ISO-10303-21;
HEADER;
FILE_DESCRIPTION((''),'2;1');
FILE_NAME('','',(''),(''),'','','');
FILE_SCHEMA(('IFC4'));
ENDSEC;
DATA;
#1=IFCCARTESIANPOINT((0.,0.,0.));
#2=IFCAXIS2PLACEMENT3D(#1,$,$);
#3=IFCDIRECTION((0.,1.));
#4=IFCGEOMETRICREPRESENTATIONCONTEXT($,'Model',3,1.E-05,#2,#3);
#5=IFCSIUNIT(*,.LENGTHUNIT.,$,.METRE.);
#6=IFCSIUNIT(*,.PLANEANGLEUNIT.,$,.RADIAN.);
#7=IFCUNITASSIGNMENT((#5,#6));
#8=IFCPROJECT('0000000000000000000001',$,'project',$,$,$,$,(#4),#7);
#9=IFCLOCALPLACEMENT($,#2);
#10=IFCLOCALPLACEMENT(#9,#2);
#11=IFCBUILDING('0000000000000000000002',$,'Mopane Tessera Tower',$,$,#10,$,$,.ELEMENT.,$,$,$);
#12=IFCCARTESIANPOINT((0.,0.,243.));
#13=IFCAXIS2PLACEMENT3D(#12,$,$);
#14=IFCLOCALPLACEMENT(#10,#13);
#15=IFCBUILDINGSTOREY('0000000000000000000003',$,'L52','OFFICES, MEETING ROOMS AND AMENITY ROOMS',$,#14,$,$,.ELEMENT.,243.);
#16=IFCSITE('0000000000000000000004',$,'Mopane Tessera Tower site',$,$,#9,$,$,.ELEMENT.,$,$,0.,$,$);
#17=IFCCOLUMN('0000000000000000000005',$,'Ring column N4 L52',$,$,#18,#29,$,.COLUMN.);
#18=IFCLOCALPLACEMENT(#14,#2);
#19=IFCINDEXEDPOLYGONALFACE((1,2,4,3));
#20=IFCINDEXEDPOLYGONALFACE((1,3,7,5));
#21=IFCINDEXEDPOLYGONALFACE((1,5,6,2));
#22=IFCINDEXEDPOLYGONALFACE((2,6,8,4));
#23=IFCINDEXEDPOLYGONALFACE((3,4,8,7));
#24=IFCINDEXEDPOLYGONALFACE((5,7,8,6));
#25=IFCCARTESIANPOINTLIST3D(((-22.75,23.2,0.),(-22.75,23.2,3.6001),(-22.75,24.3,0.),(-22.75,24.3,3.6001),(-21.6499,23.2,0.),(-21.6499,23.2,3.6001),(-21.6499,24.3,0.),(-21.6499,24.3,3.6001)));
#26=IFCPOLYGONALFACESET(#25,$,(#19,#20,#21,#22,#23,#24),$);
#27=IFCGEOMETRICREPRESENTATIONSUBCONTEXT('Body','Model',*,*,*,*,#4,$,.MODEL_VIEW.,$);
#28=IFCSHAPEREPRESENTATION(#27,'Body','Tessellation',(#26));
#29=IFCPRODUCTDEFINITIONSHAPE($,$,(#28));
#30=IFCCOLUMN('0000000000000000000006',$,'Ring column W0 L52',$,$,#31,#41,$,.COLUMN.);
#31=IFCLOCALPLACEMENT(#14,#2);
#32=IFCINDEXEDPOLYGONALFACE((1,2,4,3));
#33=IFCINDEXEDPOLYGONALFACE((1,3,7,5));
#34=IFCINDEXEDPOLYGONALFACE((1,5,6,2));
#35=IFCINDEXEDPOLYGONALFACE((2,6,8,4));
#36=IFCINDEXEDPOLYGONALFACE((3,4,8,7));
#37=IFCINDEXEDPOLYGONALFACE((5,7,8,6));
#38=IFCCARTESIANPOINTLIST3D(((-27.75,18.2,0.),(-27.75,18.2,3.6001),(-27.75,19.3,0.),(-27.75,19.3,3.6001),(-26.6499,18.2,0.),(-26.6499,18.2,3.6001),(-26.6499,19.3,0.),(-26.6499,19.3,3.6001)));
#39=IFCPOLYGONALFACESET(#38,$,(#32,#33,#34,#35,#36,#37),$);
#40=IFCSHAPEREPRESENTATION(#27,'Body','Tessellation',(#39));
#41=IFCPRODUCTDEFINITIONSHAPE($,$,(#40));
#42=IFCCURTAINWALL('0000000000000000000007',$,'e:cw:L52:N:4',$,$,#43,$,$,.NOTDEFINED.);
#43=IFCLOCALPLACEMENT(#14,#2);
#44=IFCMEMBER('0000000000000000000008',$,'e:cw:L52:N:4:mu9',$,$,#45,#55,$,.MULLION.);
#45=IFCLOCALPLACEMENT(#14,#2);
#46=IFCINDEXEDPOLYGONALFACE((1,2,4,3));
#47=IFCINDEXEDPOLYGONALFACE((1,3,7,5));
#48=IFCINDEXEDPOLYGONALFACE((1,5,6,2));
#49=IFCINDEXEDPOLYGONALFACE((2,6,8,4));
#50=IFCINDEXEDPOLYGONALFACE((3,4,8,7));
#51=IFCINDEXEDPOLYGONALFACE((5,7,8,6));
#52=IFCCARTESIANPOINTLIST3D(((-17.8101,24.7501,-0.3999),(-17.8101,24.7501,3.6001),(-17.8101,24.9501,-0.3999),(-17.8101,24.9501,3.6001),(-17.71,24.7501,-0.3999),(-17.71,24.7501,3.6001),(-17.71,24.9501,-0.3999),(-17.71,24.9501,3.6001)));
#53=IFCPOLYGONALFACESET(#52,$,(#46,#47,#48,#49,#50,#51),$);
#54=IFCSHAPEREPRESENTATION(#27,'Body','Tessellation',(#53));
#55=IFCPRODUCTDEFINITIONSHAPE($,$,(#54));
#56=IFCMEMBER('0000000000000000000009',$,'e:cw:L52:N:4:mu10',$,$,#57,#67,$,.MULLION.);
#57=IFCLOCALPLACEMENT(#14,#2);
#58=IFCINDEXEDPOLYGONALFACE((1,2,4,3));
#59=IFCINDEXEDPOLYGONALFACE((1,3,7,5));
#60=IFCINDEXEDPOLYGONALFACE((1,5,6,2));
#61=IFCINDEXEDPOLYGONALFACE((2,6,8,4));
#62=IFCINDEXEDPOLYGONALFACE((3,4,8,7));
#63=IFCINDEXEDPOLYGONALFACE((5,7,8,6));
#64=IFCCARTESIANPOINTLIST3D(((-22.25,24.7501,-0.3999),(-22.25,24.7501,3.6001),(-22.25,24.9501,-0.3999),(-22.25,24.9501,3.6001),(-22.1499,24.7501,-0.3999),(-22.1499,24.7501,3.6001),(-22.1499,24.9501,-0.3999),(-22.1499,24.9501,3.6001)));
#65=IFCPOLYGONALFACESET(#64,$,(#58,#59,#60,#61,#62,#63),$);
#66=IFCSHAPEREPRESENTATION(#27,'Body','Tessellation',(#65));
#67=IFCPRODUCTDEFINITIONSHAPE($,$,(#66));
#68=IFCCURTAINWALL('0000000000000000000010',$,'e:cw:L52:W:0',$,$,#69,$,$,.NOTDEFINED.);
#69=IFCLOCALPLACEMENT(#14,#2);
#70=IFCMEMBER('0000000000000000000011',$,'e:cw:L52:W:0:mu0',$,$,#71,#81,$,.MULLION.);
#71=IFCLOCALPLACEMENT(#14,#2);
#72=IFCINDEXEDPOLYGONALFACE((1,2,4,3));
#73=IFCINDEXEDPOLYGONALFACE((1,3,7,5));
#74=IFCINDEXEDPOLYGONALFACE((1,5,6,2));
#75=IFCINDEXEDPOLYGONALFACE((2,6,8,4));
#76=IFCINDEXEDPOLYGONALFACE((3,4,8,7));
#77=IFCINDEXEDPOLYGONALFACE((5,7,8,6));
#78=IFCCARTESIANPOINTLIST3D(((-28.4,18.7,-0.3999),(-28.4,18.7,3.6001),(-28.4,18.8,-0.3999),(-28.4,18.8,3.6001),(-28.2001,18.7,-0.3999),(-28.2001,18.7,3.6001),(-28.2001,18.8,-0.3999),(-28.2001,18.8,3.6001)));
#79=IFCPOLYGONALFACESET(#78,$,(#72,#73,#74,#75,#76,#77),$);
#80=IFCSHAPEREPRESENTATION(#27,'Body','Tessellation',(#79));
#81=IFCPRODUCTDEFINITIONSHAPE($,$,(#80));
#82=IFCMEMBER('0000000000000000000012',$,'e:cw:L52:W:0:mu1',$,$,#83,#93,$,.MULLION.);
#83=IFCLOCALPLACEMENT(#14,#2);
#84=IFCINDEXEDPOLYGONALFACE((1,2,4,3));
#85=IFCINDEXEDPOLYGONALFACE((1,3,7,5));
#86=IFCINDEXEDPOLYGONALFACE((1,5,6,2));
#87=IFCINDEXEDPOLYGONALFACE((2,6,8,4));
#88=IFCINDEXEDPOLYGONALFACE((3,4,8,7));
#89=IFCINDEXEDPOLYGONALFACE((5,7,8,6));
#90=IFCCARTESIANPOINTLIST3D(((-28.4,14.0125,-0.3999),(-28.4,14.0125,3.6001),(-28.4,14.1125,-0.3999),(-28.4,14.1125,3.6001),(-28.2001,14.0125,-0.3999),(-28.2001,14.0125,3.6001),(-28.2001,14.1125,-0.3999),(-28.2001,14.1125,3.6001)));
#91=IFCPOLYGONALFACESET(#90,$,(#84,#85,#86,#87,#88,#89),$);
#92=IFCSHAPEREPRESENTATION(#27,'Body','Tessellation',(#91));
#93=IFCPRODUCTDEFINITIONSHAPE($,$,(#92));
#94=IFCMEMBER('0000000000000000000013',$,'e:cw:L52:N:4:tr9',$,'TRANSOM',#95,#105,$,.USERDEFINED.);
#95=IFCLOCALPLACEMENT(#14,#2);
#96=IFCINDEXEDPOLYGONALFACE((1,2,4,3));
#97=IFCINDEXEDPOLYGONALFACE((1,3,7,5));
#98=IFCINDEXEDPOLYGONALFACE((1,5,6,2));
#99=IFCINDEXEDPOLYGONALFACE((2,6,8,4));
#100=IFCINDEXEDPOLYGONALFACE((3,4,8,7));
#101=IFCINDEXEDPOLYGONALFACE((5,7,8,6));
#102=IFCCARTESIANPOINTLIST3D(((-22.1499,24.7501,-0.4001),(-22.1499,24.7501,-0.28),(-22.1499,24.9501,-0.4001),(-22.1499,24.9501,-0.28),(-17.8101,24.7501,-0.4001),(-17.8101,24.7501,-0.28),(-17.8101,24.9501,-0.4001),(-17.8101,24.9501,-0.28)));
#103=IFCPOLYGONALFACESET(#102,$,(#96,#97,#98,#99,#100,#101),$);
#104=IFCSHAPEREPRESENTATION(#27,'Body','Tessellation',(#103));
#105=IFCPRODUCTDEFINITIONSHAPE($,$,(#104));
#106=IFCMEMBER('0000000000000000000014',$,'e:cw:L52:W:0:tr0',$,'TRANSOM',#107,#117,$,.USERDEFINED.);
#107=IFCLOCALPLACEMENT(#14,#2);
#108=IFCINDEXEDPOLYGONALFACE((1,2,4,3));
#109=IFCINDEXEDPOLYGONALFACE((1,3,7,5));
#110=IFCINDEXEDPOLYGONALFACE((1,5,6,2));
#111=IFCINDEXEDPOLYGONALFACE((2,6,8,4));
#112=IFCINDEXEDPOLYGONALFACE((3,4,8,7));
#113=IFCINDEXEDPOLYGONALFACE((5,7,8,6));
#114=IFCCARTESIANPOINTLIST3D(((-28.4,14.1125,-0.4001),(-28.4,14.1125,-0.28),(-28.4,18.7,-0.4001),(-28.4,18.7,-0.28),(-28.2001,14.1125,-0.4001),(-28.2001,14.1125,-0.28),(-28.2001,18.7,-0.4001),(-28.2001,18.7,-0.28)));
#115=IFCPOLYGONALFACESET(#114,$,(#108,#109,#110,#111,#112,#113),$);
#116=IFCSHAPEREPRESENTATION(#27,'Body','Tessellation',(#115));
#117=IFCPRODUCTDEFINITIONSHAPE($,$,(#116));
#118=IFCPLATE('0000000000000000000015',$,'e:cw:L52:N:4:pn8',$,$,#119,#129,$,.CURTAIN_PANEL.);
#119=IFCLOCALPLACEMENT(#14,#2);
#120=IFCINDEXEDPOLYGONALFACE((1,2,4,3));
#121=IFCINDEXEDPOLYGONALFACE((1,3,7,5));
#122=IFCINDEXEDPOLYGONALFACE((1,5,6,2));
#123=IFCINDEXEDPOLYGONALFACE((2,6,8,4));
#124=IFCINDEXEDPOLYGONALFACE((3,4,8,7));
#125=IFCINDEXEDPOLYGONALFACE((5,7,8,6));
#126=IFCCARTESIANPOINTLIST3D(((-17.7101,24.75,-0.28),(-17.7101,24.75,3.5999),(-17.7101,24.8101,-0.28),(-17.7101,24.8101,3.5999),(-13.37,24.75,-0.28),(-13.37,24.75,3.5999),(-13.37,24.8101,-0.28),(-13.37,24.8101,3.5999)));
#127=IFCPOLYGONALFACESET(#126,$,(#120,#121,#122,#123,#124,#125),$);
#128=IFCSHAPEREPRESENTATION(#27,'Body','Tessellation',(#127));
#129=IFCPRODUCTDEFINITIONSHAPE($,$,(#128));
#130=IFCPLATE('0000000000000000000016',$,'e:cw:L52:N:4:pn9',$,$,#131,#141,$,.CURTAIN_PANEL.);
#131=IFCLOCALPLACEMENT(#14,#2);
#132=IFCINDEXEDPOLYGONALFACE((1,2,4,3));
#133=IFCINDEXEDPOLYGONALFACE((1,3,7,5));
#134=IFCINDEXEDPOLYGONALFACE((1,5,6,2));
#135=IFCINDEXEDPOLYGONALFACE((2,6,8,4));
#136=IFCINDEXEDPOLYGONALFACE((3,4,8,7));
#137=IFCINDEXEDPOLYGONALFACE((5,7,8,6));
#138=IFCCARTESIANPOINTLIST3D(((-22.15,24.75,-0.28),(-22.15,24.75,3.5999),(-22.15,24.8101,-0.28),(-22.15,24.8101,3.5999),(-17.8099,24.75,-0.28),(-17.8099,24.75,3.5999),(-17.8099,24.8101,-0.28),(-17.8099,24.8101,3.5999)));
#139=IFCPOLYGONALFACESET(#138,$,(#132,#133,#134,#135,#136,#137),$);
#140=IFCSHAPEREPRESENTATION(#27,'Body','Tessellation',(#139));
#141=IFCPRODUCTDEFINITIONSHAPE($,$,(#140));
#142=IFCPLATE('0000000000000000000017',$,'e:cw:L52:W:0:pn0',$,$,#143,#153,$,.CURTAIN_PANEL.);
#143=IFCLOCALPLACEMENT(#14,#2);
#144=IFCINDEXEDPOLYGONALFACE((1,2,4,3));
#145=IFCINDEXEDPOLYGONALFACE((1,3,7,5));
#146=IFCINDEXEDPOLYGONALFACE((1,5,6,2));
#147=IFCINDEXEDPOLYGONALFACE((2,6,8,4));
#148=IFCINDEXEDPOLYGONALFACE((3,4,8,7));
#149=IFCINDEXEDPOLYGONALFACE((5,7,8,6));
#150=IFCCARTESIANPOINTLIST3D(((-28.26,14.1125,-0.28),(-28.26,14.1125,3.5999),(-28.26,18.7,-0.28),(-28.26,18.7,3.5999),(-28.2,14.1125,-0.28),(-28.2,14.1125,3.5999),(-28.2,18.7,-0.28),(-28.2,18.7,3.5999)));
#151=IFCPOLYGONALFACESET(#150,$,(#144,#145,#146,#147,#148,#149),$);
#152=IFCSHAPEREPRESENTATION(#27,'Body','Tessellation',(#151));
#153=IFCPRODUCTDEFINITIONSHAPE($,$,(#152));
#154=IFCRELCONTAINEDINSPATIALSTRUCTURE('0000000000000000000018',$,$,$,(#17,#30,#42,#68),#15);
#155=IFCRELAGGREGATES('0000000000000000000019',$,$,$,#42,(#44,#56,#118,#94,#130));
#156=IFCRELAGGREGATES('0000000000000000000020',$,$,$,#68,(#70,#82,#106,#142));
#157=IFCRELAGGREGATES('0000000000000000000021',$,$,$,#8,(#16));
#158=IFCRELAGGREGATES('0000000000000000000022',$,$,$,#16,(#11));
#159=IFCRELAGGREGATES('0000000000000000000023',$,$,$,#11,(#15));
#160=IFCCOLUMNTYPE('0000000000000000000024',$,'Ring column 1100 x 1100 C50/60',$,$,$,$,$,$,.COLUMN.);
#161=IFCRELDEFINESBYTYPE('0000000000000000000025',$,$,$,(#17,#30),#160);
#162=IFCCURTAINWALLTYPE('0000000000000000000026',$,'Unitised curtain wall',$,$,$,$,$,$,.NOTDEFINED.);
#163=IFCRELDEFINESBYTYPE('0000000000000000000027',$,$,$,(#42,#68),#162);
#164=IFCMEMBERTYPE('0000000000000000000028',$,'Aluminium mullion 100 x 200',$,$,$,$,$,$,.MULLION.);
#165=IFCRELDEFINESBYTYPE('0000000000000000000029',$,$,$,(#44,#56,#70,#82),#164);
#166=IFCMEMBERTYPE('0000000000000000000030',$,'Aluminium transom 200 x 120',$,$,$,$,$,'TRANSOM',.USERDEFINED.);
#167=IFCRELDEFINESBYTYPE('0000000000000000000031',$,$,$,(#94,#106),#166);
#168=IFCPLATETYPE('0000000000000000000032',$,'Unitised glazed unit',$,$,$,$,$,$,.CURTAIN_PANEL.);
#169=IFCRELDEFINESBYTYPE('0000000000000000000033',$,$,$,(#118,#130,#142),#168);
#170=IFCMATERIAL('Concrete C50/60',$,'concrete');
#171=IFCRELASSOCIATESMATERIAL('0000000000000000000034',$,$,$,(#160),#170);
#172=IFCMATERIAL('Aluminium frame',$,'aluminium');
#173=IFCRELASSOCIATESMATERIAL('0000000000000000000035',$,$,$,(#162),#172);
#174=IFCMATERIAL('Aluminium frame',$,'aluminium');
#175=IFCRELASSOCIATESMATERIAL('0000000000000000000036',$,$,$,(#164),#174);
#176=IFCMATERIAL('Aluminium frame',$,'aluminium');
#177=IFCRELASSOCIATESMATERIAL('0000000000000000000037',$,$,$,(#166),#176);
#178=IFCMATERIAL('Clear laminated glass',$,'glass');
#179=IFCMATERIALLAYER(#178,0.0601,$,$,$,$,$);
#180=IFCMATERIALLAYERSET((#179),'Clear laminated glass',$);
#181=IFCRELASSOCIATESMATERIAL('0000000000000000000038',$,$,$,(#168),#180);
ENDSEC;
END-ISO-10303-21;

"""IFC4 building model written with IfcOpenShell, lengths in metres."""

from ifc_helpers import new_model, si_unit, direction, frame, origin, origin_2d, place, context, subcontext, project, spatial, rectangle, extrude, material, layer, layer_set, material_profile, profile_set, type_object, element, aggregate, save


model = new_model("IFC4")

# Units and contexts
model_context = context("Model", 3, precision=1e-05, world=origin(), true_north=direction((0.0, 1.0)))
body_context = subcontext(model_context, "Body", "Model", "MODEL_VIEW")
ifc_project = project(units=[si_unit("LENGTHUNIT", "METRE"), si_unit("PLANEANGLEUNIT", "RADIAN")], contexts=[model_context])

# Site, building, storey
site_placement = place(None, origin())
site = spatial("IfcSite", under=ifc_project, at=site_placement, Name="Mopane Tessera Tower site", CompositionType="ELEMENT", RefElevation=0.0)
building_placement = place(site_placement, origin())
building = spatial("IfcBuilding", under=site, at=building_placement, Name="Mopane Tessera Tower", CompositionType="ELEMENT")
storey_placement = place(building_placement, frame((0.0, 0.0, 243.0)))
storey = spatial("IfcBuildingStorey", under=building, at=storey_placement, Name="L52", Description="OFFICES, MEETING ROOMS AND AMENITY ROOMS", CompositionType="ELEMENT", Elevation=243.0)

# Columns
ifc_material_1 = material(Name="Concrete C50/60", Category="concrete")
ifc_material_profile_1 = material_profile(ifc_material_1, rectangle(XDim=1.1001, YDim=1.1001, at=origin_2d()))
ifc_profile_set_1 = profile_set([ifc_material_profile_1], Name="Concrete C50/60")
column_type = type_object("IfcColumnType", Name="Ring column 1100 x 1100 C50/60", PredefinedType="COLUMN", material=ifc_profile_set_1)
for number, where, z_axis, x_axis, name in (
    (1, (-22.2, 23.75, 0.0), (0.0, 0.0, 1.0), (1.0, 0.0, 0.0), "Ring column N4 L52"),
    (2, (-27.2, 18.75, 0.0), (0.0, 0.0, 1.0), (1.0, 0.0, 0.0), "Ring column W0 L52"),
):
    element("IfcColumn", number, at=place(storey_placement, frame(where, z_axis=z_axis, x_axis=x_axis)), inside=storey, type_object=column_type, Name=name, PredefinedType="COLUMN", context=body_context, shape_type="SweptSolid", body=[
        extrude(rectangle(XDim=1.1001, YDim=1.1001, at=origin_2d()), origin(), (0.0, 0.0, 1.0), 3.6001),
    ])

# Curtain walls, members
ifc_material_2 = material(Name="Aluminium frame", Category="aluminium")
curtain_wall_type = type_object("IfcCurtainWallType", Name="Unitised curtain wall", PredefinedType="NOTDEFINED", material=ifc_material_2)
curtain_wall_1_placement = place(storey_placement, origin())
curtain_wall_1 = element("IfcCurtainWall", 3, at=curtain_wall_1_placement, inside=storey, type_object=curtain_wall_type, Name="e:cw:L52:N:4", PredefinedType="NOTDEFINED")
ifc_material_3 = material(Name="Aluminium frame", Category="aluminium")
ifc_material_profile_2 = material_profile(ifc_material_3, rectangle(XDim=0.1001, YDim=0.2, at=origin_2d()))
ifc_profile_set_2 = profile_set([ifc_material_profile_2], Name="Aluminium frame")
member_type_1 = type_object("IfcMemberType", Name="Aluminium mullion 100 x 200", PredefinedType="MULLION", material=ifc_profile_set_2)
member_1_placement = place(storey_placement, frame((-17.76, 24.8501, -0.3999), z_axis=(0.0, 0.0, 1.0), x_axis=(-1.0, 0.0, 0.0)))
member_1 = element("IfcMember", 4, at=member_1_placement, type_object=member_type_1, Name="e:cw:L52:N:4:mu9", PredefinedType="MULLION", context=body_context, shape_type="SweptSolid", body=[
    extrude(rectangle(XDim=0.1001, YDim=0.2, at=origin_2d()), origin(), (0.0, 0.0, 1.0), 4.0),
])
member_2_placement = place(storey_placement, frame((-22.2, 24.8501, -0.3999), z_axis=(0.0, 0.0, 1.0), x_axis=(-1.0, 0.0, 0.0)))
member_2 = element("IfcMember", 5, at=member_2_placement, type_object=member_type_1, Name="e:cw:L52:N:4:mu10", PredefinedType="MULLION", context=body_context, shape_type="SweptSolid", body=[
    extrude(rectangle(XDim=0.1001, YDim=0.2, at=origin_2d()), origin(), (0.0, 0.0, 1.0), 4.0),
])
curtain_wall_2_placement = place(storey_placement, origin())
curtain_wall_2 = element("IfcCurtainWall", 6, at=curtain_wall_2_placement, inside=storey, type_object=curtain_wall_type, Name="e:cw:L52:W:0", PredefinedType="NOTDEFINED")
member_3_placement = place(storey_placement, frame((-28.3, 18.75, -0.3999), z_axis=(0.0, 0.0, 1.0), x_axis=(0.0, -1.0, 0.0)))
member_3 = element("IfcMember", 7, at=member_3_placement, type_object=member_type_1, Name="e:cw:L52:W:0:mu0", PredefinedType="MULLION", context=body_context, shape_type="SweptSolid", body=[
    extrude(rectangle(XDim=0.1001, YDim=0.2, at=origin_2d()), origin(), (0.0, 0.0, 1.0), 4.0),
])
member_4_placement = place(storey_placement, frame((-28.3, 14.0625, -0.3999), z_axis=(0.0, 0.0, 1.0), x_axis=(0.0, -1.0, 0.0)))
member_4 = element("IfcMember", 8, at=member_4_placement, type_object=member_type_1, Name="e:cw:L52:W:0:mu1", PredefinedType="MULLION", context=body_context, shape_type="SweptSolid", body=[
    extrude(rectangle(XDim=0.1001, YDim=0.2, at=origin_2d()), origin(), (0.0, 0.0, 1.0), 4.0),
])

# Members
ifc_material_4 = material(Name="Aluminium frame", Category="aluminium")
ifc_material_profile_3 = material_profile(ifc_material_4, rectangle(XDim=0.2, YDim=0.1201, at=origin_2d()))
ifc_profile_set_3 = profile_set([ifc_material_profile_3], Name="Aluminium frame")
member_type_2 = type_object("IfcMemberType", Name="Aluminium transom 200 x 120", ElementType="TRANSOM", PredefinedType="USERDEFINED", material=ifc_profile_set_3)
member_5_placement = place(storey_placement, frame((-17.8101, 24.8501, -0.3401), z_axis=(-1.0, 0.0, 0.0), x_axis=(0.0, -1.0, 0.0)))
member_5 = element("IfcMember", 9, at=member_5_placement, type_object=member_type_2, Name="e:cw:L52:N:4:tr9", ObjectType="TRANSOM", PredefinedType="USERDEFINED", context=body_context, shape_type="SweptSolid", body=[
    extrude(rectangle(XDim=0.2, YDim=0.1201, at=origin_2d()), origin(), (0.0, 0.0, 1.0), 4.3398),
])
member_6_placement = place(storey_placement, frame((-28.3, 18.7, -0.3401), z_axis=(0.0, -1.0, 0.0), x_axis=(1.0, 0.0, 0.0)))
member_6 = element("IfcMember", 10, at=member_6_placement, type_object=member_type_2, Name="e:cw:L52:W:0:tr0", ObjectType="TRANSOM", PredefinedType="USERDEFINED", context=body_context, shape_type="SweptSolid", body=[
    extrude(rectangle(XDim=0.2, YDim=0.1201, at=origin_2d()), origin(), (0.0, 0.0, 1.0), 4.5874),
])

# Plates
ifc_material_5 = material(Name="Clear laminated glass", Category="glass")
ifc_layer_1 = layer(ifc_material_5, 0.0601)
ifc_layer_set_1 = layer_set([ifc_layer_1], Name="Clear laminated glass")
plate_type = type_object("IfcPlateType", Name="Unitised glazed unit", PredefinedType="CURTAIN_PANEL", material=ifc_layer_set_1)
plate_1_placement = place(storey_placement, frame((-15.54, 24.78, -0.28), z_axis=(0.0, 0.0, 1.0), x_axis=(-1.0, 0.0, 0.0)))
plate_1 = element("IfcPlate", 11, at=plate_1_placement, type_object=plate_type, Name="e:cw:L52:N:4:pn8", PredefinedType="CURTAIN_PANEL", context=body_context, shape_type="SweptSolid", body=[
    extrude(rectangle(XDim=4.3401, YDim=0.0601, at=origin_2d()), origin(), (0.0, 0.0, 1.0), 3.8799),
])
plate_2_placement = place(storey_placement, frame((-19.98, 24.78, -0.28), z_axis=(0.0, 0.0, 1.0), x_axis=(-1.0, 0.0, 0.0)))
plate_2 = element("IfcPlate", 12, at=plate_2_placement, type_object=plate_type, Name="e:cw:L52:N:4:pn9", PredefinedType="CURTAIN_PANEL", context=body_context, shape_type="SweptSolid", body=[
    extrude(rectangle(XDim=4.3401, YDim=0.0601, at=origin_2d()), origin(), (0.0, 0.0, 1.0), 3.8799),
])
aggregate(curtain_wall_1, [member_1, member_2, plate_1, member_5, plate_2])
plate_3_placement = place(storey_placement, frame((-28.23, 16.4062, -0.28), z_axis=(0.0, 0.0, 1.0), x_axis=(0.0, -1.0, 0.0)))
plate_3 = element("IfcPlate", 13, at=plate_3_placement, type_object=plate_type, Name="e:cw:L52:W:0:pn0", PredefinedType="CURTAIN_PANEL", context=body_context, shape_type="SweptSolid", body=[
    extrude(rectangle(XDim=4.5874, YDim=0.0601, at=origin_2d()), origin(), (0.0, 0.0, 1.0), 3.8799),
])
aggregate(curtain_wall_2, [member_3, member_4, member_6, plate_3])

save(model, "model.ifc")
